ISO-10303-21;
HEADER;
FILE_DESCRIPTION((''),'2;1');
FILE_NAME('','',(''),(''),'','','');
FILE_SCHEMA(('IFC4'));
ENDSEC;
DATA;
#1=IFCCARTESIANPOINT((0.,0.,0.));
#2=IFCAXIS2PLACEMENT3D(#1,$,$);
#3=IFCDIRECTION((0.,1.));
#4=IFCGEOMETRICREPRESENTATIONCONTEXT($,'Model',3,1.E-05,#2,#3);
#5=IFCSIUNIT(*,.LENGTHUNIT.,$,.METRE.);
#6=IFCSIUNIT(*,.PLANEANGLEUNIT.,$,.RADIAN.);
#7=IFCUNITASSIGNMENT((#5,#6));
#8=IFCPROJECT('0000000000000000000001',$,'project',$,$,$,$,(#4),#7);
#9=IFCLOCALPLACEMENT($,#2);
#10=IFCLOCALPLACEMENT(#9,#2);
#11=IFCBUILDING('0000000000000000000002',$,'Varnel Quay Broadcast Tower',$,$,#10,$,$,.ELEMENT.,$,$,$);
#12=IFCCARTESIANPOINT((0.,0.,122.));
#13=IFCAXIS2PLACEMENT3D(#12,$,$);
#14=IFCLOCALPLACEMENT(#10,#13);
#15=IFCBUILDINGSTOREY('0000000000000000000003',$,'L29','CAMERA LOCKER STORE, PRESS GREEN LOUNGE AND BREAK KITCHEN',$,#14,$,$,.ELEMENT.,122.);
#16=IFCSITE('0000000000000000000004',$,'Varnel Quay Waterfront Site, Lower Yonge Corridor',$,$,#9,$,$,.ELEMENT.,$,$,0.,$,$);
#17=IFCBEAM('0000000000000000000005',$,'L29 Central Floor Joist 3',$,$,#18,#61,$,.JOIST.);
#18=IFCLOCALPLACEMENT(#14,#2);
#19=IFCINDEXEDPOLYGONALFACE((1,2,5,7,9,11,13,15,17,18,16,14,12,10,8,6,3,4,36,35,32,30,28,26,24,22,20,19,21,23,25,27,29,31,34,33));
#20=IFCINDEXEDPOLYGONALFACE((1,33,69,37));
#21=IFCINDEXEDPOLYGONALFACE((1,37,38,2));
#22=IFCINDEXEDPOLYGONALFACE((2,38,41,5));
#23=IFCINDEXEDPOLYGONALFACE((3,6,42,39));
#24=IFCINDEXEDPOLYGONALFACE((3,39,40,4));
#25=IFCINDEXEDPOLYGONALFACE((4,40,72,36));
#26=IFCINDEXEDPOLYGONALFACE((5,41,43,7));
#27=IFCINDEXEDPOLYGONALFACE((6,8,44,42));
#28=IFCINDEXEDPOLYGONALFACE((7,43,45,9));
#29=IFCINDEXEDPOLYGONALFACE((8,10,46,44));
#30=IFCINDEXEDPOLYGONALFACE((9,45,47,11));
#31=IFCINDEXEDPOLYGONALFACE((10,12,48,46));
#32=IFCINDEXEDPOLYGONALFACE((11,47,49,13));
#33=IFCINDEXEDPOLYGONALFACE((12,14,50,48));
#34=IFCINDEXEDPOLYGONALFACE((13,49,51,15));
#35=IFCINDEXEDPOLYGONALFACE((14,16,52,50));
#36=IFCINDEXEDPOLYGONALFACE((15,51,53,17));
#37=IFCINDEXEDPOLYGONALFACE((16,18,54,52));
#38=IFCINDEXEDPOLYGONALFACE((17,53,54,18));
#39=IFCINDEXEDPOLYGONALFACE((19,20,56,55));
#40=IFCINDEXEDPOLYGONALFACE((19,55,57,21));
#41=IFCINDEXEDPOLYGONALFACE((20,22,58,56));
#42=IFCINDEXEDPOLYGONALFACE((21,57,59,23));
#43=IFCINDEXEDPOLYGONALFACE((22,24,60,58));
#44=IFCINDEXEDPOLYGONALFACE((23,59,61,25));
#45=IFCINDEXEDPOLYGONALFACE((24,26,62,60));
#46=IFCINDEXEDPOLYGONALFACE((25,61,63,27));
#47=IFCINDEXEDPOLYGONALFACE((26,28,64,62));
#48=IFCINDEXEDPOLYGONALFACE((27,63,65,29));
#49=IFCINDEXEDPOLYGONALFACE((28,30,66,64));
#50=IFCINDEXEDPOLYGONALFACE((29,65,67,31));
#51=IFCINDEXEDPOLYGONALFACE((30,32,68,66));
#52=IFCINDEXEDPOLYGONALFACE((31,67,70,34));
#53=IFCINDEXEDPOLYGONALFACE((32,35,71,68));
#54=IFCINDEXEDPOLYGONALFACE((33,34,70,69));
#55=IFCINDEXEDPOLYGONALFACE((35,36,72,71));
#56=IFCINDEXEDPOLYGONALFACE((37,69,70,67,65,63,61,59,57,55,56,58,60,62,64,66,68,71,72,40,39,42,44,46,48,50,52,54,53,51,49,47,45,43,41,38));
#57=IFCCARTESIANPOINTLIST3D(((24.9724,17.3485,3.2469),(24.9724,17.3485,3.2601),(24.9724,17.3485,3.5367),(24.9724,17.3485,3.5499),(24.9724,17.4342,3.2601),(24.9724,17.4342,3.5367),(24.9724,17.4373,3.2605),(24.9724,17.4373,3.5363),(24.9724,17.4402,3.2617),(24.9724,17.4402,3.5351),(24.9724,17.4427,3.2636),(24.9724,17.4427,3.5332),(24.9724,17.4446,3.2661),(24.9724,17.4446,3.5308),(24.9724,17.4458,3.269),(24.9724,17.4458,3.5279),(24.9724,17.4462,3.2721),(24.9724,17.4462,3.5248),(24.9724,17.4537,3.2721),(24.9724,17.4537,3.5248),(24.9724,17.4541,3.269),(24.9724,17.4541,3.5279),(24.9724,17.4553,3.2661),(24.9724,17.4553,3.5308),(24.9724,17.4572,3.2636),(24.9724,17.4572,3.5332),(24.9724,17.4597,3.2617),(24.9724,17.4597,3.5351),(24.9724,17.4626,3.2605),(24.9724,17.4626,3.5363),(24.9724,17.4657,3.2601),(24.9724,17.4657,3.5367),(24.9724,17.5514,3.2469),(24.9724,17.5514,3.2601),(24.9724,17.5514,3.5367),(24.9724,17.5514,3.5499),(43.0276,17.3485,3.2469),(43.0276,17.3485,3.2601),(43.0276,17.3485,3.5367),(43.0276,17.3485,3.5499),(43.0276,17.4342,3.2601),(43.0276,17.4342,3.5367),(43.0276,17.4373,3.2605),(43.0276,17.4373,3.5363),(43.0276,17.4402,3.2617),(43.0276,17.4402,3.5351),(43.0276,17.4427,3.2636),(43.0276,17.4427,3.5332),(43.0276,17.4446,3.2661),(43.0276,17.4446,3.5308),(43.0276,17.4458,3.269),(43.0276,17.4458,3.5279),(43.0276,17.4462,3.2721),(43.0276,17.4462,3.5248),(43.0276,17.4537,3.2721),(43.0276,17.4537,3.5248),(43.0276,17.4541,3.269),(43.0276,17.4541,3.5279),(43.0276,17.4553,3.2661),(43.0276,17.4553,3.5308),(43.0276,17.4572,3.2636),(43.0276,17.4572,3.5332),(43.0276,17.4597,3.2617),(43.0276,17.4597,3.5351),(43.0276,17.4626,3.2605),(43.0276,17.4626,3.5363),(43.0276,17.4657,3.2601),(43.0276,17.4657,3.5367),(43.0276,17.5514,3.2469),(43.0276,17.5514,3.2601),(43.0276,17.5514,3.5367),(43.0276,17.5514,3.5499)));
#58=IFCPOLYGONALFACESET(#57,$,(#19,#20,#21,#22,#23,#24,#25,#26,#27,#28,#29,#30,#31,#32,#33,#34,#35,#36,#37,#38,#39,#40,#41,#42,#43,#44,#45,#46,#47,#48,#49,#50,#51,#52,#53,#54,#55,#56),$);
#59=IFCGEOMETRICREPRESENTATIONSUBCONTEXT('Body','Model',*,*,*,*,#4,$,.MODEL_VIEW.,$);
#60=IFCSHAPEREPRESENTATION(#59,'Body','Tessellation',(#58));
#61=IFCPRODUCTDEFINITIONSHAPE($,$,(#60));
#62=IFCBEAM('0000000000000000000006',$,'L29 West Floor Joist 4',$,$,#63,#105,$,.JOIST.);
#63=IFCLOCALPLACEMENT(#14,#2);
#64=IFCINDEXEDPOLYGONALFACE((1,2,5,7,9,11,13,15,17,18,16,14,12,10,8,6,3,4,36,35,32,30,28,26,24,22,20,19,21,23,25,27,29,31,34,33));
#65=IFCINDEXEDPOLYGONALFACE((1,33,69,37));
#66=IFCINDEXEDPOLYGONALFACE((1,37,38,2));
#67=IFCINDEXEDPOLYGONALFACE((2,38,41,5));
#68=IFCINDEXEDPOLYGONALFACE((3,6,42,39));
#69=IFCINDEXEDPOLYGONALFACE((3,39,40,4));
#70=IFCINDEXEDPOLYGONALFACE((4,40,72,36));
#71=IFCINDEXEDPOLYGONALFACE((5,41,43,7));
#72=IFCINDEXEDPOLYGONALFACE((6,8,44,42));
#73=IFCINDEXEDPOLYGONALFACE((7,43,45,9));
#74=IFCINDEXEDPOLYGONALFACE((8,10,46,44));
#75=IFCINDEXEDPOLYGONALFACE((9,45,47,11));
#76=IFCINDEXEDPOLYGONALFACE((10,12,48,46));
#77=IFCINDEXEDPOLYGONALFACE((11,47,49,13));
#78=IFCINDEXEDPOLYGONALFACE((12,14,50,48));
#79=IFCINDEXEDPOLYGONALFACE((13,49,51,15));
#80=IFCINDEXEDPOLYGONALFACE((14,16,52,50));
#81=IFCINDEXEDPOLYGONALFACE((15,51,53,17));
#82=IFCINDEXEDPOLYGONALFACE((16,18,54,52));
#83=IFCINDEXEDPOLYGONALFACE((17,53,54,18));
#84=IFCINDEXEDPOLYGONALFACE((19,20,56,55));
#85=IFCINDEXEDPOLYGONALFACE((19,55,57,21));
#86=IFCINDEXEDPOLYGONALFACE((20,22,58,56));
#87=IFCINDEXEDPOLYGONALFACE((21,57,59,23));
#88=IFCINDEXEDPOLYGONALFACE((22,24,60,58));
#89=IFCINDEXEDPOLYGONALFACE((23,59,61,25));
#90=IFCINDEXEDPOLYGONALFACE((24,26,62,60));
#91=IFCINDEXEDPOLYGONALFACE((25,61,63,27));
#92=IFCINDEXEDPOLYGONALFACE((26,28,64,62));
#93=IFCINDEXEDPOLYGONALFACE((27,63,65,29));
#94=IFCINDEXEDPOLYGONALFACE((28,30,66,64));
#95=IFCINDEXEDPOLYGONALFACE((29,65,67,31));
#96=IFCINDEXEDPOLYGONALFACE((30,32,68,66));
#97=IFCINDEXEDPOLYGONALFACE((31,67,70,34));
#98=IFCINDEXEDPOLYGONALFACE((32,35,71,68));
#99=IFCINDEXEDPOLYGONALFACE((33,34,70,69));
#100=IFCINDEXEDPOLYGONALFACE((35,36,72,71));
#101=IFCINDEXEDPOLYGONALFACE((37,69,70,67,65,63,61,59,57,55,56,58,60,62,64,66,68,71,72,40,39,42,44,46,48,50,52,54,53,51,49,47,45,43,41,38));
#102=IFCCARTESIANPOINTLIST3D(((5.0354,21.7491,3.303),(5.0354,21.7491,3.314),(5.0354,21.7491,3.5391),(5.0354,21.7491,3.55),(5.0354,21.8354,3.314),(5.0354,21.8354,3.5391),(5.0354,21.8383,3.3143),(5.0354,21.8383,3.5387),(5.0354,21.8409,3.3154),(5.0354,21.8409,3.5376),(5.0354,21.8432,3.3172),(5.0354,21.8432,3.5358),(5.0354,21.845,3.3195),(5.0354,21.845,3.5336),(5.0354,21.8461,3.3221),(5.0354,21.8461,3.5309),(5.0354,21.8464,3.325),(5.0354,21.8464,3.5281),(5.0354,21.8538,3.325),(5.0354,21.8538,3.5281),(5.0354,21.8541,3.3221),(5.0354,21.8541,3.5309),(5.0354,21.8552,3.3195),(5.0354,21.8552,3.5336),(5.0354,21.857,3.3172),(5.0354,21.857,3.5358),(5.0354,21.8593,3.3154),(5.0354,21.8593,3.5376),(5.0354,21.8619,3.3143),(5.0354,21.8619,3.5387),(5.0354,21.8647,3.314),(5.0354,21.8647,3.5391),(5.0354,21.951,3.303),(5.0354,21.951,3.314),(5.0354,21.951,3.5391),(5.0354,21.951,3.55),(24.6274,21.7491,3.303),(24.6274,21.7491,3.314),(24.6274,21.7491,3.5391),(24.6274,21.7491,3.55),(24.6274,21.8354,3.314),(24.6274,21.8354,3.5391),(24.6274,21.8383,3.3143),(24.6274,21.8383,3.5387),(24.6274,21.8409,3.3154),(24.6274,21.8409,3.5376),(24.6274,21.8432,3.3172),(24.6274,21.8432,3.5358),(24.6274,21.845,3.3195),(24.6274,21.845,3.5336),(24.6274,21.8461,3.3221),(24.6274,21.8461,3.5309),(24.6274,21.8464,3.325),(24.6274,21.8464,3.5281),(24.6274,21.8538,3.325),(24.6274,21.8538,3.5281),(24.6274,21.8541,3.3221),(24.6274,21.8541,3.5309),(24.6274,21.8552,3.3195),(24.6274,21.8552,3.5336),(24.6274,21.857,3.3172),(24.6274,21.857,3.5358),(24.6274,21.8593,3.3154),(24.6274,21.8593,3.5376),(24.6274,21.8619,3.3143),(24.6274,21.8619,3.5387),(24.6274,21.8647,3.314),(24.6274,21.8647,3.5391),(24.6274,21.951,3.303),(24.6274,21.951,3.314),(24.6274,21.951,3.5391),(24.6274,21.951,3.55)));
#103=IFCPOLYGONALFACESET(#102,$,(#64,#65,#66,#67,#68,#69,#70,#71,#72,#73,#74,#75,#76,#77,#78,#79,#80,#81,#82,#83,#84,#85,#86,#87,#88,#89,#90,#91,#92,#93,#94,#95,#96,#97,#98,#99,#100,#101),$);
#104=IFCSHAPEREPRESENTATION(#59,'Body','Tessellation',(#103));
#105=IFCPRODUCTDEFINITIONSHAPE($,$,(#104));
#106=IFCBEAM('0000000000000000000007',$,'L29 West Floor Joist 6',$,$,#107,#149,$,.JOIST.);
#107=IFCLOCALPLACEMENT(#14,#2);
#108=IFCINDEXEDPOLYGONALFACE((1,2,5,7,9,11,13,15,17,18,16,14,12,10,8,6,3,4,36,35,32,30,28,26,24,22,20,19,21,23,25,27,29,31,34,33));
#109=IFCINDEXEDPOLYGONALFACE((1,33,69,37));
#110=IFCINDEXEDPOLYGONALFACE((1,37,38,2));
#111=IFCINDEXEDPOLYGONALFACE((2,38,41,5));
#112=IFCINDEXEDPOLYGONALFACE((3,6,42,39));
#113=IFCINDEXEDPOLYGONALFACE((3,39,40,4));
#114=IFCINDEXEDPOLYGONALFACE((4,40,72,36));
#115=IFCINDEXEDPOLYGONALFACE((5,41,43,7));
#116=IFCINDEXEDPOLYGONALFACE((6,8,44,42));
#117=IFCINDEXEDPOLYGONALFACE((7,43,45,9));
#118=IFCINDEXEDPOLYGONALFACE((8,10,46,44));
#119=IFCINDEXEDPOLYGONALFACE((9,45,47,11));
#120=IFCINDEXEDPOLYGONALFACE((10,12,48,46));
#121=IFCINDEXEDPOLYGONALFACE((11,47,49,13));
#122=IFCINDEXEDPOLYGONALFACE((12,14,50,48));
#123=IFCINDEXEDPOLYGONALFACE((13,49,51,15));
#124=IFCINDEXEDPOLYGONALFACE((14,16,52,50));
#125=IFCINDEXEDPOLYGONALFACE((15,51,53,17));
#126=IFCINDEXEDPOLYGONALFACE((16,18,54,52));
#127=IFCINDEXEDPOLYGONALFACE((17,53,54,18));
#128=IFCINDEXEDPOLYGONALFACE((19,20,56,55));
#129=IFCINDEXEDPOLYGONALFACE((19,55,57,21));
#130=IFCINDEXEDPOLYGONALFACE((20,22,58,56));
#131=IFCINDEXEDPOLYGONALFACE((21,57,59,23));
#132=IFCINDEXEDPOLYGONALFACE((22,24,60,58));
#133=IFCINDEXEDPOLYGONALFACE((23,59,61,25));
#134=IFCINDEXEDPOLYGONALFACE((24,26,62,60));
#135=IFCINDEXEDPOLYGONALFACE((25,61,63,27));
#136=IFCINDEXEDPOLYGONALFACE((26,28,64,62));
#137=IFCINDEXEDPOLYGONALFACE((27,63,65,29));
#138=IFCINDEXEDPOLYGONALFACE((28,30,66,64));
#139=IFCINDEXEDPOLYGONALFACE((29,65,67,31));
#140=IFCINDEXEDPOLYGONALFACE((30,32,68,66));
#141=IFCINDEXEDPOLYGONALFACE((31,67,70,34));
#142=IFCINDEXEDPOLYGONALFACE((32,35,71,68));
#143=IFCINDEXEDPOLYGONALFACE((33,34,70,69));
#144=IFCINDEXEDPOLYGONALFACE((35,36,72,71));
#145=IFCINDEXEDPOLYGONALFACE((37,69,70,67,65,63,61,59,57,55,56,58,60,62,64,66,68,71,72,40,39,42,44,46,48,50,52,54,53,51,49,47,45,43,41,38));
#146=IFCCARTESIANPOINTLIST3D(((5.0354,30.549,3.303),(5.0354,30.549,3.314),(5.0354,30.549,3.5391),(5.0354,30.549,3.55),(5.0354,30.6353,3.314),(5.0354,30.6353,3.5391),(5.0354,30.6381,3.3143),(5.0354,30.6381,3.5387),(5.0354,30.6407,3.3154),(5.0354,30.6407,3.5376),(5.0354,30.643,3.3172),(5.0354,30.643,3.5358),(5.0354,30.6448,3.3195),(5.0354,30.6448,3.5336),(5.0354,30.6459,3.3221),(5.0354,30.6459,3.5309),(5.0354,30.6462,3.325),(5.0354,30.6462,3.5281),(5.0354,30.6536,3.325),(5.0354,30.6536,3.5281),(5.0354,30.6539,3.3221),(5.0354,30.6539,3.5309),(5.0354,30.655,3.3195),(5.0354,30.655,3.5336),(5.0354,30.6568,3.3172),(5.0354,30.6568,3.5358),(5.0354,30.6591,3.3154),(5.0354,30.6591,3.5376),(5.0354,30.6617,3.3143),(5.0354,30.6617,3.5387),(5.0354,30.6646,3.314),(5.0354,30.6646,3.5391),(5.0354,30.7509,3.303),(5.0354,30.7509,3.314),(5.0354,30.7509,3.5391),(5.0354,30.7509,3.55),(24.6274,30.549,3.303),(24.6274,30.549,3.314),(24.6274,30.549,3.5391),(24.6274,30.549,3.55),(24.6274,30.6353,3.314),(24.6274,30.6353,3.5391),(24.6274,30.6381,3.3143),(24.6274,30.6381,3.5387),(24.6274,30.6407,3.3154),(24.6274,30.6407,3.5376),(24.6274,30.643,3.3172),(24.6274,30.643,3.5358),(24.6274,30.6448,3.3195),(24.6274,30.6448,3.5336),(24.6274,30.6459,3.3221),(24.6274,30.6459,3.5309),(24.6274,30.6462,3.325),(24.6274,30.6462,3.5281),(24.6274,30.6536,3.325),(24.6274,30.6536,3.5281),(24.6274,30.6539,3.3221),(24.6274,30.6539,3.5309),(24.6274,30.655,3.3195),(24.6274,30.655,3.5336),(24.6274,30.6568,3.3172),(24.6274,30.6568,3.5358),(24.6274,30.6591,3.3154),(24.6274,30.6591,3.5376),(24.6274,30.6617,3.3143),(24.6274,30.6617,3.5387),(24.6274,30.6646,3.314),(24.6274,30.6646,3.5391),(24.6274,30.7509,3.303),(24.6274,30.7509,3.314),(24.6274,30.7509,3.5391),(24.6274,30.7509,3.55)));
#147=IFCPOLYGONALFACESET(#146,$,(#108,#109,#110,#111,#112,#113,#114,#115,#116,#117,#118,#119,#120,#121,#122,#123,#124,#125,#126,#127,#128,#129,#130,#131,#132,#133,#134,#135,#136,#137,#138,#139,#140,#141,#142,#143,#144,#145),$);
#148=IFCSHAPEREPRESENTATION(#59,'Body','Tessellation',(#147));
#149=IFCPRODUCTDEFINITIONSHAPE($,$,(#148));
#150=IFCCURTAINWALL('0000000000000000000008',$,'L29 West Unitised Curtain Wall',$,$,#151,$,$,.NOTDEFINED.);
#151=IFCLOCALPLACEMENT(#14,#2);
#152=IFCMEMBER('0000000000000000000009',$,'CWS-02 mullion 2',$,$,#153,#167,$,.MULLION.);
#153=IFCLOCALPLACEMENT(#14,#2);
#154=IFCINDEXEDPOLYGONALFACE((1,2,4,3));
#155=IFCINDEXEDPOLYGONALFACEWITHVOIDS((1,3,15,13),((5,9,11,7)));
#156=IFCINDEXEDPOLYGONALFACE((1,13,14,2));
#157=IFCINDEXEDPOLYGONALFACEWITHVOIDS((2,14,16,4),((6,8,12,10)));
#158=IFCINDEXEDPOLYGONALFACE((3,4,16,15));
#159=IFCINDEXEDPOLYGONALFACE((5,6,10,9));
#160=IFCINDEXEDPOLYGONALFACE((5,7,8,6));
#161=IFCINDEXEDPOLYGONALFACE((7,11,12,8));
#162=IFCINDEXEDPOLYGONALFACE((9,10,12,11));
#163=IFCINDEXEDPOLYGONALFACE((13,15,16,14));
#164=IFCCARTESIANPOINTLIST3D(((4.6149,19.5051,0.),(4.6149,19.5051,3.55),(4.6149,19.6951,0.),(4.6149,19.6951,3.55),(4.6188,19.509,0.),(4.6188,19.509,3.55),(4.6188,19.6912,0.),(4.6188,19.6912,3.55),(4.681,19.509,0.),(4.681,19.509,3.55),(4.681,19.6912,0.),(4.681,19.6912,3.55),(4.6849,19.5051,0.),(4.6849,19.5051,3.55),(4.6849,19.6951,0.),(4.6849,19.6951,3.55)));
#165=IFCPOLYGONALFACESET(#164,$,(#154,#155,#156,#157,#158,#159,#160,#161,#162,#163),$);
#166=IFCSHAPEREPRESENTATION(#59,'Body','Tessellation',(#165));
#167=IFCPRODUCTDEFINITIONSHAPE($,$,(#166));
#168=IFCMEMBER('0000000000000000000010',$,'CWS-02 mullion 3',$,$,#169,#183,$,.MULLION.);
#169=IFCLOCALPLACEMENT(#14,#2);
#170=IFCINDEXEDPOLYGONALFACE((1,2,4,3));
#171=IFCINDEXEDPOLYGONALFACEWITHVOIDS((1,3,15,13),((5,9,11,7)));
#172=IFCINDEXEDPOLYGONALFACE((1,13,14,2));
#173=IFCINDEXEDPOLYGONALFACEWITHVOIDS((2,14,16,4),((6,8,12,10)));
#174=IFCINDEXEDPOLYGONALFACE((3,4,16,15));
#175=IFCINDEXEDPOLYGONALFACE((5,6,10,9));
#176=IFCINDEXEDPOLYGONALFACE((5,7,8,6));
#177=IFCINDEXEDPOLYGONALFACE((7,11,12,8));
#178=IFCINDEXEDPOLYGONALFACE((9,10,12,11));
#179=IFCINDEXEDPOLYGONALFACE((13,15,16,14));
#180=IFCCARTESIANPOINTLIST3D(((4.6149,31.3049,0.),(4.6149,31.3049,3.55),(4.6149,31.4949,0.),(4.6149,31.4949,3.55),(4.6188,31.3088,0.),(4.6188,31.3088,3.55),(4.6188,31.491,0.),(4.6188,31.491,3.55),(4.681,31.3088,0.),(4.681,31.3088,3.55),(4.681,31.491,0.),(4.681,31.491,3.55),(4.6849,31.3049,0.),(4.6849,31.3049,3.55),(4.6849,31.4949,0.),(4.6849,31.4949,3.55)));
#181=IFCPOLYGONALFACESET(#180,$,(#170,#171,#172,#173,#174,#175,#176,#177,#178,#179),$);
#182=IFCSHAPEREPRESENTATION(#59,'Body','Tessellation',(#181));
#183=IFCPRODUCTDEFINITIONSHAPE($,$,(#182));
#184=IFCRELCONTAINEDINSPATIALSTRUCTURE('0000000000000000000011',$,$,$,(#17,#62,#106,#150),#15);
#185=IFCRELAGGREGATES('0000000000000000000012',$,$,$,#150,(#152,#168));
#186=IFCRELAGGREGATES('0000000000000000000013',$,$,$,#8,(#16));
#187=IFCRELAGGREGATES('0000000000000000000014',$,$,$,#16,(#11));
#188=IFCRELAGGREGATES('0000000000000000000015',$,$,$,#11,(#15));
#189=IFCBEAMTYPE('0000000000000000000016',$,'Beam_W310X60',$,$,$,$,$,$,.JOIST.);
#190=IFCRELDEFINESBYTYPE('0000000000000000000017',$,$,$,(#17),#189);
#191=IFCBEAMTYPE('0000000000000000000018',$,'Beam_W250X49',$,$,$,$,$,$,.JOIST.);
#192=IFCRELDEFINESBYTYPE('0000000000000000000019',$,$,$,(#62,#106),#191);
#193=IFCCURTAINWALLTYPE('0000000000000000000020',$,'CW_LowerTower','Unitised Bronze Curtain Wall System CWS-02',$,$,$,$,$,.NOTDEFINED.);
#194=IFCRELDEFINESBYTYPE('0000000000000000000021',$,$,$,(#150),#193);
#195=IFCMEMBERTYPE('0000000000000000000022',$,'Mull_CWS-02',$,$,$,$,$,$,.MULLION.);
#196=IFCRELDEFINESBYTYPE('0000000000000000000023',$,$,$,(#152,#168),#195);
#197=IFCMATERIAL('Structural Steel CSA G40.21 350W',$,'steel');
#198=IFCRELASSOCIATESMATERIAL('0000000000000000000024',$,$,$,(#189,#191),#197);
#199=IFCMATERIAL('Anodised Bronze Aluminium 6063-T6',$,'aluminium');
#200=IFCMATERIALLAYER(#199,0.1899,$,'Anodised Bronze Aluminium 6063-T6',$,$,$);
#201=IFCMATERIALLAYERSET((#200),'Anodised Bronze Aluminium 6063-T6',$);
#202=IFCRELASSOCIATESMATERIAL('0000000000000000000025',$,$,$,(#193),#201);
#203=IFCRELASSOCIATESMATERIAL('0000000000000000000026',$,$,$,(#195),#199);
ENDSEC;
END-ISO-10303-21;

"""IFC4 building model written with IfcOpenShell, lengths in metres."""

from ifc_helpers import new_model, si_unit, direction, frame, origin, origin_2d, place, context, subcontext, project, spatial, hollow_rectangle, i_section, extrude, source, transform, mapped, material, layer, layer_set, material_profile, profile_set, type_object, type_shapes, element, aggregate, save


model = new_model("IFC4")

# Units and contexts
model_context = context("Model", 3, precision=1e-05, world=origin(), true_north=direction((0.0, 1.0)))
body_context = subcontext(model_context, "Body", "Model", "MODEL_VIEW")
ifc_project = project(units=[si_unit("LENGTHUNIT", "METRE"), si_unit("PLANEANGLEUNIT", "RADIAN")], contexts=[model_context])

# Site, building, storey
site_placement = place(None, origin())
site = spatial("IfcSite", under=ifc_project, at=site_placement, Name="Varnel Quay Waterfront Site, Lower Yonge Corridor", CompositionType="ELEMENT", RefElevation=0.0)
building_placement = place(site_placement, origin())
building = spatial("IfcBuilding", under=site, at=building_placement, Name="Varnel Quay Broadcast Tower", CompositionType="ELEMENT")
storey_placement = place(building_placement, frame((0.0, 0.0, 122.0)))
storey = spatial("IfcBuildingStorey", under=building, at=storey_placement, Name="L29", Description="CAMERA LOCKER STORE, PRESS GREEN LOUNGE AND BREAK KITCHEN", CompositionType="ELEMENT", Elevation=122.0)

# Shared definitions
ifc_material_1 = material(Name="Structural Steel CSA G40.21 350W", Category="steel")

# Beams
ifc_material_profile_1 = material_profile(ifc_material_1, i_section(OverallWidth=0.2029, OverallDepth=0.303, WebThickness=0.0076, FlangeThickness=0.0132, FilletRadius=0.012, at=origin_2d()), Name="W310X60")
ifc_profile_set_1 = profile_set([ifc_material_profile_1], Name="Structural Steel CSA G40.21 350W")
beam_type_1 = type_object("IfcBeamType", Name="Beam_W310X60", PredefinedType="JOIST", material=ifc_profile_set_1)
shared_shape_1 = source(origin(), body_context, "Body", "SweptSolid", [
    extrude(i_section(OverallWidth=0.2029, OverallDepth=0.303, WebThickness=0.0076, FlangeThickness=0.0132, FilletRadius=0.012, at=origin_2d()), origin(), (0.0, 0.0, 1.0), 18.0552),
])
beam_1_placement = place(storey_placement, frame((24.9724, 17.45, 3.3984), z_axis=(1.0, 0.0, 0.0), x_axis=(0.0, 1.0, 0.0)))
element("IfcBeam", 1, at=beam_1_placement, inside=storey, type_object=beam_type_1, Name="L29 Central Floor Joist 3", PredefinedType="JOIST", context=body_context, shape_type="MappedRepresentation", body=[
    mapped(shared_shape_1, transform((0.0, 0.0, 0.0), x_axis=(1.0, 0.0, 0.0), y_axis=(0.0, 1.0, 0.0), z_axis=(0.0, 0.0, 1.0), scale=1.0)),
])
ifc_material_profile_2 = material_profile(ifc_material_1, i_section(OverallWidth=0.2019, OverallDepth=0.2471, WebThickness=0.0073, FlangeThickness=0.011, FilletRadius=0.011, at=origin_2d()), Name="W250X49")
ifc_profile_set_2 = profile_set([ifc_material_profile_2], Name="Structural Steel CSA G40.21 350W")
beam_type_2 = type_object("IfcBeamType", Name="Beam_W250X49", PredefinedType="JOIST", material=ifc_profile_set_2)
shared_shape_2 = source(origin(), body_context, "Body", "SweptSolid", [
    extrude(i_section(OverallWidth=0.2019, OverallDepth=0.2471, WebThickness=0.0073, FlangeThickness=0.011, FilletRadius=0.011, at=origin_2d()), origin(), (0.0, 0.0, 1.0), 19.592),
])
type_shapes(beam_type_2, [shared_shape_2])
for number, where, z_axis, x_axis, name in (
    (2, (5.0354, 21.8501, 3.4265), (1.0, 0.0, 0.0), (0.0, 1.0, 0.0), "L29 West Floor Joist 4"),
    (3, (5.0354, 30.6499, 3.4265), (1.0, 0.0, 0.0), (0.0, 1.0, 0.0), "L29 West Floor Joist 6"),
):
    element("IfcBeam", number, at=place(storey_placement, frame(where, z_axis=z_axis, x_axis=x_axis)), inside=storey, type_object=beam_type_2, Name=name, PredefinedType="JOIST", context=body_context, shape_type="MappedRepresentation", body=[
        mapped(shared_shape_2, transform((0.0, 0.0, 0.0), x_axis=(1.0, 0.0, 0.0), y_axis=(0.0, 1.0, 0.0), z_axis=(0.0, 0.0, 1.0), scale=1.0)),
    ])

# Curtain wall, members
ifc_material_2 = material(Name="Anodised Bronze Aluminium 6063-T6", Category="aluminium")
ifc_layer_1 = layer(ifc_material_2, 0.1899, Name="Anodised Bronze Aluminium 6063-T6")
ifc_layer_set_1 = layer_set([ifc_layer_1], Name="Anodised Bronze Aluminium 6063-T6")
curtain_wall_type = type_object("IfcCurtainWallType", Name="CW_LowerTower", Description="Unitised Bronze Curtain Wall System CWS-02", PredefinedType="NOTDEFINED", material=ifc_layer_set_1)
curtain_wall_placement = place(storey_placement, origin())
curtain_wall = element("IfcCurtainWall", 4, at=curtain_wall_placement, inside=storey, type_object=curtain_wall_type, Name="L29 West Unitised Curtain Wall", PredefinedType="NOTDEFINED")
ifc_material_profile_3 = material_profile(ifc_material_2, hollow_rectangle(XDim=0.0701, YDim=0.1899, WallThickness=0.0039, at=origin_2d()), Name="ALU70X190X4")
ifc_profile_set_3 = profile_set([ifc_material_profile_3], Name="Anodised Bronze Aluminium 6063-T6")
member_type_1 = type_object("IfcMemberType", Name="Mull_CWS-02", PredefinedType="MULLION", material=ifc_profile_set_3)
shared_shape_3 = source(origin(), body_context, "Body", "SweptSolid", [
    extrude(hollow_rectangle(XDim=0.0701, YDim=0.1899, WallThickness=0.0039, at=origin_2d()), origin(), (0.0, 0.0, 1.0), 3.55),
])
type_shapes(member_type_1, [shared_shape_3])
member_1_placement = place(storey_placement, frame((4.6499, 19.6001, 0.0), z_axis=(0.0, 0.0, 1.0), x_axis=(-1.0, 0.0, 0.0)))
member_1 = element("IfcMember", 5, at=member_1_placement, type_object=member_type_1, Name="CWS-02 mullion 2", PredefinedType="MULLION", context=body_context, shape_type="MappedRepresentation", body=[
    mapped(shared_shape_3, transform((0.0, 0.0, 0.0), x_axis=(1.0, 0.0, 0.0), y_axis=(0.0, 1.0, 0.0), z_axis=(0.0, 0.0, 1.0), scale=1.0)),
])
member_2_placement = place(storey_placement, frame((4.6499, 31.3999, 0.0), z_axis=(0.0, 0.0, 1.0), x_axis=(-1.0, 0.0, 0.0)))
member_2 = element("IfcMember", 6, at=member_2_placement, type_object=member_type_1, Name="CWS-02 mullion 3", PredefinedType="MULLION", context=body_context, shape_type="MappedRepresentation", body=[
    mapped(shared_shape_3, transform((0.0, 0.0, 0.0), x_axis=(1.0, 0.0, 0.0), y_axis=(0.0, 1.0, 0.0), z_axis=(0.0, 0.0, 1.0), scale=1.0)),
])
aggregate(curtain_wall, [member_1, member_2])

save(model, "model.ifc")
